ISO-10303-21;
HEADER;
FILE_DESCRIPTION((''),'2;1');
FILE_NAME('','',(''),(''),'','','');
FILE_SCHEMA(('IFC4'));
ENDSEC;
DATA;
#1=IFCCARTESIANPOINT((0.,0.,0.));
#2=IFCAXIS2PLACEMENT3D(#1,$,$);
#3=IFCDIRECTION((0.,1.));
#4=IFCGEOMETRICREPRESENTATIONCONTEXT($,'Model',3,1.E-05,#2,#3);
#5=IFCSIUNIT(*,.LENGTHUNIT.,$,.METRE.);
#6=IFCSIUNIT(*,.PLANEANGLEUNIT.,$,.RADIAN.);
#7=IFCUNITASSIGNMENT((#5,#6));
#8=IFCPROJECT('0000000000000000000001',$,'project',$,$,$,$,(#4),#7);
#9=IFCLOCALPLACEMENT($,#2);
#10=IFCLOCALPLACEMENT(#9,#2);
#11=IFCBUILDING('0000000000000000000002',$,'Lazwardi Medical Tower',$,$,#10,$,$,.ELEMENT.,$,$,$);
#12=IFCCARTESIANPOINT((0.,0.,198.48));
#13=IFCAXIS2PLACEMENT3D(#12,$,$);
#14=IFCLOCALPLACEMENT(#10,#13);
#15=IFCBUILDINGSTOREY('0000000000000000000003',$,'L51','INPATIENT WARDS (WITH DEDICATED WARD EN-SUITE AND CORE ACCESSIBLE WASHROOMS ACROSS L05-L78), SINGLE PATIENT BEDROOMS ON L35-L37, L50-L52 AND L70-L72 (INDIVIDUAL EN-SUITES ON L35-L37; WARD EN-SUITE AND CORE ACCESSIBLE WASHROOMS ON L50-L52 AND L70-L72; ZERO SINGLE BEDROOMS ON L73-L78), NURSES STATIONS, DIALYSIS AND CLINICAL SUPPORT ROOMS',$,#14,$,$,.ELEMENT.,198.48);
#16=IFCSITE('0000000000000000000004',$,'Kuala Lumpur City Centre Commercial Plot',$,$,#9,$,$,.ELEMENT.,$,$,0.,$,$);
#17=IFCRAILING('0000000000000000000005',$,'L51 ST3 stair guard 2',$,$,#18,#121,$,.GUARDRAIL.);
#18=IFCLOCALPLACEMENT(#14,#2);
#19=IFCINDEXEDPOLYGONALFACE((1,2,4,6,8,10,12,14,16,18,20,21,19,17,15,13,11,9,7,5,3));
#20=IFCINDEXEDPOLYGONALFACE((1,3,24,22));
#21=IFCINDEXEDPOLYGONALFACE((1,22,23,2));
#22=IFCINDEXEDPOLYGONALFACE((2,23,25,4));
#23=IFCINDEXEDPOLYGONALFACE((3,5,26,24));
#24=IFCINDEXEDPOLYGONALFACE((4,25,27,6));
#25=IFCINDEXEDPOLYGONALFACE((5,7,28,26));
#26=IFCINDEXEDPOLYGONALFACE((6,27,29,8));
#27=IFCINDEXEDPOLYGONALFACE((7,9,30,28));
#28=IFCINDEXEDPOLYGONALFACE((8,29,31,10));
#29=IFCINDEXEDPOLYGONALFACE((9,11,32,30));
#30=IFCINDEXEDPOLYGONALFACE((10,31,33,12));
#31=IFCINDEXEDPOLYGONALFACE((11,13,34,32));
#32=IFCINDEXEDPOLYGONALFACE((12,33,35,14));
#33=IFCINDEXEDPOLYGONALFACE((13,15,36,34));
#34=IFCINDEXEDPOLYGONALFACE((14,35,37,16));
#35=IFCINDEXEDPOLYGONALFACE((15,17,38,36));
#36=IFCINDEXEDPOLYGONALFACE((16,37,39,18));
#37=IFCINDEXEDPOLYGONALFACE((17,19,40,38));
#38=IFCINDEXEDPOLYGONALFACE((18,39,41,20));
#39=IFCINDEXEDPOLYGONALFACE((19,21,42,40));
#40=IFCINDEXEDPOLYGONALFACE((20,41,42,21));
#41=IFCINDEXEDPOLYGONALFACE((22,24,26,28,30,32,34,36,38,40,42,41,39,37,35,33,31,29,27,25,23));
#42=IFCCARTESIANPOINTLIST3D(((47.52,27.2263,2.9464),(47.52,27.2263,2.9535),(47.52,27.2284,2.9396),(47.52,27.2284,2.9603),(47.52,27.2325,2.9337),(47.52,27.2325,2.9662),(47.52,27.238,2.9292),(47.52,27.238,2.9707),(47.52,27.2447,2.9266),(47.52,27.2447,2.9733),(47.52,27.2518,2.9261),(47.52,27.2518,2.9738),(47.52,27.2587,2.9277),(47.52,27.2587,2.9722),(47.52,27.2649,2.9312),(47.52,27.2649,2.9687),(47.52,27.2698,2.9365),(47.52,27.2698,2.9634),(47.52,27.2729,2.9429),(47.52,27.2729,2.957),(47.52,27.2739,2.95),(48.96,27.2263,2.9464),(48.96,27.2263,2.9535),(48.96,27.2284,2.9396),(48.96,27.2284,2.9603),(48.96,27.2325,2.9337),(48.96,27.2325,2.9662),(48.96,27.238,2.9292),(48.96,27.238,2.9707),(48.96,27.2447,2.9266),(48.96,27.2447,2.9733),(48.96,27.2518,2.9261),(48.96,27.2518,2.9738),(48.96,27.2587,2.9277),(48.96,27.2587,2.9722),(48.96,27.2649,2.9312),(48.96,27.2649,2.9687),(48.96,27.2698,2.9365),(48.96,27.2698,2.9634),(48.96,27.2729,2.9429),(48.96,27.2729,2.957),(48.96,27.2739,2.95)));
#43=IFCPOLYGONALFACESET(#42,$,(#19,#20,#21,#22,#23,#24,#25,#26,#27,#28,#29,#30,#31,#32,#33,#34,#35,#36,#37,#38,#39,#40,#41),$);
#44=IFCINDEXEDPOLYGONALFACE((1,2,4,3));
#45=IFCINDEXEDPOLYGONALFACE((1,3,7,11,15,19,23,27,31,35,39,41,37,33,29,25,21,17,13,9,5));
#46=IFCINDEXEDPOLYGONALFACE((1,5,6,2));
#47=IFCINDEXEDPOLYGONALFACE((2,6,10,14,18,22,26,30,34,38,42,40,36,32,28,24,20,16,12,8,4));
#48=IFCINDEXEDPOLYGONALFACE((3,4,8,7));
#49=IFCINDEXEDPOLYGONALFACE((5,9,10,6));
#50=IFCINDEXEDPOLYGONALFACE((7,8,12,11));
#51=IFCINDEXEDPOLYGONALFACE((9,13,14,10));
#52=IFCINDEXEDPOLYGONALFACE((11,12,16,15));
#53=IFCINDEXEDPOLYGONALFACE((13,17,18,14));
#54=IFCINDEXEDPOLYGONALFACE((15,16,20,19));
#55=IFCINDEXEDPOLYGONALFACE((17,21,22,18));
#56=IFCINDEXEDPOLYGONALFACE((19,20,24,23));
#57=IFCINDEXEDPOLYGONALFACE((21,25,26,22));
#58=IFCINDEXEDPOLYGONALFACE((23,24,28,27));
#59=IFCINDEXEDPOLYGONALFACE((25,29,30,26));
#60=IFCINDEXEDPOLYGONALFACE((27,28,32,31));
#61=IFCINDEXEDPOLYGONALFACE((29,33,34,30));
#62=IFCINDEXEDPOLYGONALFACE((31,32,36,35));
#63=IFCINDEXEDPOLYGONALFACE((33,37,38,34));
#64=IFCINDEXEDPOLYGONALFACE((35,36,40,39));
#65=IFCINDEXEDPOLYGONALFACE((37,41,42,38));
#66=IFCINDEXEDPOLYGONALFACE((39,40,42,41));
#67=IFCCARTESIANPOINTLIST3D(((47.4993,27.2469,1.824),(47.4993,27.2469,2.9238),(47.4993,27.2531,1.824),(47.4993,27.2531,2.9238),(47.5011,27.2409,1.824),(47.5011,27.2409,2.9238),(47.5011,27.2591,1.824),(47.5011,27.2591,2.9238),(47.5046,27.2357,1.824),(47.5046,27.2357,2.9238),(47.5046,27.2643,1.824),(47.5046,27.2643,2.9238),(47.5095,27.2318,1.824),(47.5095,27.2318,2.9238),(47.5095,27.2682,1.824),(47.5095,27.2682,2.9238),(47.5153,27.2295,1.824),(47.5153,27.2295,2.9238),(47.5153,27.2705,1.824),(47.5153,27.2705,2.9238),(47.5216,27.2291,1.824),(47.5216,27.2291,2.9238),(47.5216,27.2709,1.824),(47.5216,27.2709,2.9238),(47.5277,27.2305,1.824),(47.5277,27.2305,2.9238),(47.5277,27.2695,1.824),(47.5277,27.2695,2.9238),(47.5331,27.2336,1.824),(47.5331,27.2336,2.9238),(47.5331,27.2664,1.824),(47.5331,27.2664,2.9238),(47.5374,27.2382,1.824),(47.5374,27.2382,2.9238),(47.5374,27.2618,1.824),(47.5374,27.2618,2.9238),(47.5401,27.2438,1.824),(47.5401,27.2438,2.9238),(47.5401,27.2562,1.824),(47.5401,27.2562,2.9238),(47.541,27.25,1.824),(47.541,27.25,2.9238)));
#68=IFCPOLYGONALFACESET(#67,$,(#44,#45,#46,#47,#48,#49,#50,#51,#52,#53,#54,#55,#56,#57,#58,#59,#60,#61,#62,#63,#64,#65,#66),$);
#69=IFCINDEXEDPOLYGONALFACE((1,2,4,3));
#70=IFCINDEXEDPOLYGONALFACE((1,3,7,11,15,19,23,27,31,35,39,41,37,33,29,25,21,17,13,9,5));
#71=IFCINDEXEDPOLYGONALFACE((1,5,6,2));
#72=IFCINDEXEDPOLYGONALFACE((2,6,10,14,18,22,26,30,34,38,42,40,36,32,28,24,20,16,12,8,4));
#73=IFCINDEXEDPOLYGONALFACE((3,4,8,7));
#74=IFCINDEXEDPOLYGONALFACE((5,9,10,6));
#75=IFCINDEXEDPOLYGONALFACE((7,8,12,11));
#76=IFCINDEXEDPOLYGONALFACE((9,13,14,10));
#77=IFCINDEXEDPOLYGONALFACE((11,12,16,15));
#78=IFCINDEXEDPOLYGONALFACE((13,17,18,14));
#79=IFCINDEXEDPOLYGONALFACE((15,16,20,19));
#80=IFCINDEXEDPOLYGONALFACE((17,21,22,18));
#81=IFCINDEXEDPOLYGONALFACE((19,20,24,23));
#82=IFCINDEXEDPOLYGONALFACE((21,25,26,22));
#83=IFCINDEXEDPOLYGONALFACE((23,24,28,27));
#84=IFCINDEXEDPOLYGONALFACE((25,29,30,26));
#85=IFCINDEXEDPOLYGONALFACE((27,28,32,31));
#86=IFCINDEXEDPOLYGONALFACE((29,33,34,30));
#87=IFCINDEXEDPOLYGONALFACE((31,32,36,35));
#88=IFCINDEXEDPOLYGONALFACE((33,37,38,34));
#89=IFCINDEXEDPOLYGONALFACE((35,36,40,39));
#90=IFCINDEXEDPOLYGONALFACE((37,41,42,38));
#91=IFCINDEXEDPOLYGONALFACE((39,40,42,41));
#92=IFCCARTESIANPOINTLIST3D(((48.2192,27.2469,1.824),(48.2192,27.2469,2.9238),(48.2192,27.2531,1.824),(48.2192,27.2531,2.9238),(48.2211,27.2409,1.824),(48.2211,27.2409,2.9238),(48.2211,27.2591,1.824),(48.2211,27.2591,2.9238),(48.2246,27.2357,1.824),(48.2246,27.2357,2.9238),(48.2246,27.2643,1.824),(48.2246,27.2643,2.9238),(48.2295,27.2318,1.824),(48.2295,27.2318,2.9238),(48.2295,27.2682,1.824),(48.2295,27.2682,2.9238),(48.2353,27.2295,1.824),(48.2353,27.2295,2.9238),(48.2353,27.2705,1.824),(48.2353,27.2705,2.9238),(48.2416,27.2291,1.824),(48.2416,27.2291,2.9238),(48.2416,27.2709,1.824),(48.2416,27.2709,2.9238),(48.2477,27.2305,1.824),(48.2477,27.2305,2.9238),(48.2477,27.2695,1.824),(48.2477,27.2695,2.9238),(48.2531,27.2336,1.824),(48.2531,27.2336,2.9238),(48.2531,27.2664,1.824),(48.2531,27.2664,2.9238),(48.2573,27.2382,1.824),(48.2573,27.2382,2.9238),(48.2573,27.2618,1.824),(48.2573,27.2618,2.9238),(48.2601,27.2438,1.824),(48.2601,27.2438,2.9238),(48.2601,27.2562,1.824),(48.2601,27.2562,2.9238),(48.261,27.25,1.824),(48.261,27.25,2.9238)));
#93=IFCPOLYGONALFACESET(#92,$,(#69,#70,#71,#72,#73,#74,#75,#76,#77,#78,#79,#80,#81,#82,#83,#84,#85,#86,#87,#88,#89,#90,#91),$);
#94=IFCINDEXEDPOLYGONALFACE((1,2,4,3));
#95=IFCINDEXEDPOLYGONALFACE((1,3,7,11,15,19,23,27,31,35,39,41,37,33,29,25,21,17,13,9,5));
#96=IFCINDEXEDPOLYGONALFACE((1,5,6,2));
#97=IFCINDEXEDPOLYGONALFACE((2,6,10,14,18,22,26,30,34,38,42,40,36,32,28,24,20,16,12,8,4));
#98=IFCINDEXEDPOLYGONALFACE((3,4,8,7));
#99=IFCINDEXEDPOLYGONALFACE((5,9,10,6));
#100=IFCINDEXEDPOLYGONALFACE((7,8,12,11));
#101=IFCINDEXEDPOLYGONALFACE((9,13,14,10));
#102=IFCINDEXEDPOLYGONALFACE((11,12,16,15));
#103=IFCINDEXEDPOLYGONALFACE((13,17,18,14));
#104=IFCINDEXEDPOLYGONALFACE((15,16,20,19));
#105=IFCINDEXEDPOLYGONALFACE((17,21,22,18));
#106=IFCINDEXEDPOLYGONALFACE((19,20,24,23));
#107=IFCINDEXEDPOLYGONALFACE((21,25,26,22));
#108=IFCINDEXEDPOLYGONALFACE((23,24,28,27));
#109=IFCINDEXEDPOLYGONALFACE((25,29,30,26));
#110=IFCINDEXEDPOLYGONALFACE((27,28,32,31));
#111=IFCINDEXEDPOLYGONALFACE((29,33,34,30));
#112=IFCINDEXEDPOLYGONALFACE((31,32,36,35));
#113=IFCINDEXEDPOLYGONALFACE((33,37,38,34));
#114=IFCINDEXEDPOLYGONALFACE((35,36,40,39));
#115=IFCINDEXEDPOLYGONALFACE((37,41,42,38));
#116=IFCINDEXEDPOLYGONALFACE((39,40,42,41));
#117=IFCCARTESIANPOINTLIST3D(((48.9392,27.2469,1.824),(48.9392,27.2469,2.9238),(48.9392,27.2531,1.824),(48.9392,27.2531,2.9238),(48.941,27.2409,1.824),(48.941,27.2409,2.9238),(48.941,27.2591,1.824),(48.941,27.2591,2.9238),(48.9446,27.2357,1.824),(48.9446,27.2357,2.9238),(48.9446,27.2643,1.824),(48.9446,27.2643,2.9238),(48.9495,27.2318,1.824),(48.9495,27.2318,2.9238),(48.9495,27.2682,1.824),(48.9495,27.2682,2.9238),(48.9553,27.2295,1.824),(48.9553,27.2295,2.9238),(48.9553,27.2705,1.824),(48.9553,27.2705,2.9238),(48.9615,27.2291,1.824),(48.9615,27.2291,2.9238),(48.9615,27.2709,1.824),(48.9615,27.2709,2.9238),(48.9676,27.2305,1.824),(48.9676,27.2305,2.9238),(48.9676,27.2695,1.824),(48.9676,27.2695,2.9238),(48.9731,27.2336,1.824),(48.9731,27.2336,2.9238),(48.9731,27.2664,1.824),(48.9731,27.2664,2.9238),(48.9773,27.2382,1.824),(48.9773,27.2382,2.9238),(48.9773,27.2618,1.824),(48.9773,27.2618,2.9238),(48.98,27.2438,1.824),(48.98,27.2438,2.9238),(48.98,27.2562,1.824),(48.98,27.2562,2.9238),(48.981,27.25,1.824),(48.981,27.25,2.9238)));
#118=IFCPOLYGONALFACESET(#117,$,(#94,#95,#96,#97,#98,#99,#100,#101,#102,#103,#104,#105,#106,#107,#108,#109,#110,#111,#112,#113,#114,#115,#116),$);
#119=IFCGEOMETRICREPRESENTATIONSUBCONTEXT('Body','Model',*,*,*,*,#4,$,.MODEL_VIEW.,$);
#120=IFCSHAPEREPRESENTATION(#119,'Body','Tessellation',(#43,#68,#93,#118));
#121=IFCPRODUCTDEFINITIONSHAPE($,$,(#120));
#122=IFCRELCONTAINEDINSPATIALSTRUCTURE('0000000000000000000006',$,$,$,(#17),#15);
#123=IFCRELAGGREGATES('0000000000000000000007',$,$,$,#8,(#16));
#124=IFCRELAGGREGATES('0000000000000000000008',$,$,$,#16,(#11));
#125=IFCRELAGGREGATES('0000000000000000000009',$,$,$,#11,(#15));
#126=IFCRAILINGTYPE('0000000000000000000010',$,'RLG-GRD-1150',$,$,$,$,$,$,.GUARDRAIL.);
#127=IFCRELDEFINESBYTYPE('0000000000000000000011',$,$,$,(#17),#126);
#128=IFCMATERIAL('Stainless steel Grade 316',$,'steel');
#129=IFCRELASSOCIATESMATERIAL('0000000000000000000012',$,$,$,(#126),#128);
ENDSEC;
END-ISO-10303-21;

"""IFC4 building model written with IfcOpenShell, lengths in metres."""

from ifc_helpers import new_model, si_unit, direction, frame, origin, origin_2d, place, context, subcontext, project, spatial, circle, extrude, material, type_object, element, save


model = new_model("IFC4")

# Units and contexts
model_context = context("Model", 3, precision=1e-05, world=origin(), true_north=direction((0.0, 1.0)))
body_context = subcontext(model_context, "Body", "Model", "MODEL_VIEW")
ifc_project = project(units=[si_unit("LENGTHUNIT", "METRE"), si_unit("PLANEANGLEUNIT", "RADIAN")], contexts=[model_context])

# Site, building, storey
site_placement = place(None, origin())
site = spatial("IfcSite", under=ifc_project, at=site_placement, Name="Kuala Lumpur City Centre Commercial Plot", CompositionType="ELEMENT", RefElevation=0.0)
building_placement = place(site_placement, origin())
building = spatial("IfcBuilding", under=site, at=building_placement, Name="Lazwardi Medical Tower", CompositionType="ELEMENT")
storey_placement = place(building_placement, frame((0.0, 0.0, 198.48)))
storey = spatial("IfcBuildingStorey", under=building, at=storey_placement, Name="L51", Description="INPATIENT WARDS (WITH DEDICATED WARD EN-SUITE AND CORE ACCESSIBLE WASHROOMS ACROSS L05-L78), SINGLE PATIENT BEDROOMS ON L35-L37, L50-L52 AND L70-L72 (INDIVIDUAL EN-SUITES ON L35-L37; WARD EN-SUITE AND CORE ACCESSIBLE WASHROOMS ON L50-L52 AND L70-L72; ZERO SINGLE BEDROOMS ON L73-L78), NURSES STATIONS, DIALYSIS AND CLINICAL SUPPORT ROOMS", CompositionType="ELEMENT", Elevation=198.48)

# Railing
ifc_material_1 = material(Name="Stainless steel Grade 316", Category="steel")
railing_type_1 = type_object("IfcRailingType", Name="RLG-GRD-1150", PredefinedType="GUARDRAIL", material=ifc_material_1)
railing_1_placement = place(storey_placement, frame((47.52, 27.25, 1.824)))
element("IfcRailing", 1, at=railing_1_placement, inside=storey, type_object=railing_type_1, Name="L51 ST3 stair guard 2", PredefinedType="GUARDRAIL", context=body_context, shape_type="SweptSolid", body=[
    extrude(circle(Radius=0.0239, at=origin_2d()), frame((0.0, 0.0, 1.126), z_axis=(1.0, 0.0, 0.0), x_axis=(0.0, 1.0, 0.0)), (0.0, 0.0, 1.0), 1.4399),
    extrude(circle(Radius=0.021, at=origin_2d()), origin(), (0.0, 0.0, 1.0), 1.0999),
    extrude(circle(Radius=0.021, at=origin_2d()), frame((0.72, 0.0, 0.0)), (0.0, 0.0, 1.0), 1.0999),
    extrude(circle(Radius=0.021, at=origin_2d()), frame((1.4399, 0.0, 0.0)), (0.0, 0.0, 1.0), 1.0999),
])

save(model, "model.ifc")
